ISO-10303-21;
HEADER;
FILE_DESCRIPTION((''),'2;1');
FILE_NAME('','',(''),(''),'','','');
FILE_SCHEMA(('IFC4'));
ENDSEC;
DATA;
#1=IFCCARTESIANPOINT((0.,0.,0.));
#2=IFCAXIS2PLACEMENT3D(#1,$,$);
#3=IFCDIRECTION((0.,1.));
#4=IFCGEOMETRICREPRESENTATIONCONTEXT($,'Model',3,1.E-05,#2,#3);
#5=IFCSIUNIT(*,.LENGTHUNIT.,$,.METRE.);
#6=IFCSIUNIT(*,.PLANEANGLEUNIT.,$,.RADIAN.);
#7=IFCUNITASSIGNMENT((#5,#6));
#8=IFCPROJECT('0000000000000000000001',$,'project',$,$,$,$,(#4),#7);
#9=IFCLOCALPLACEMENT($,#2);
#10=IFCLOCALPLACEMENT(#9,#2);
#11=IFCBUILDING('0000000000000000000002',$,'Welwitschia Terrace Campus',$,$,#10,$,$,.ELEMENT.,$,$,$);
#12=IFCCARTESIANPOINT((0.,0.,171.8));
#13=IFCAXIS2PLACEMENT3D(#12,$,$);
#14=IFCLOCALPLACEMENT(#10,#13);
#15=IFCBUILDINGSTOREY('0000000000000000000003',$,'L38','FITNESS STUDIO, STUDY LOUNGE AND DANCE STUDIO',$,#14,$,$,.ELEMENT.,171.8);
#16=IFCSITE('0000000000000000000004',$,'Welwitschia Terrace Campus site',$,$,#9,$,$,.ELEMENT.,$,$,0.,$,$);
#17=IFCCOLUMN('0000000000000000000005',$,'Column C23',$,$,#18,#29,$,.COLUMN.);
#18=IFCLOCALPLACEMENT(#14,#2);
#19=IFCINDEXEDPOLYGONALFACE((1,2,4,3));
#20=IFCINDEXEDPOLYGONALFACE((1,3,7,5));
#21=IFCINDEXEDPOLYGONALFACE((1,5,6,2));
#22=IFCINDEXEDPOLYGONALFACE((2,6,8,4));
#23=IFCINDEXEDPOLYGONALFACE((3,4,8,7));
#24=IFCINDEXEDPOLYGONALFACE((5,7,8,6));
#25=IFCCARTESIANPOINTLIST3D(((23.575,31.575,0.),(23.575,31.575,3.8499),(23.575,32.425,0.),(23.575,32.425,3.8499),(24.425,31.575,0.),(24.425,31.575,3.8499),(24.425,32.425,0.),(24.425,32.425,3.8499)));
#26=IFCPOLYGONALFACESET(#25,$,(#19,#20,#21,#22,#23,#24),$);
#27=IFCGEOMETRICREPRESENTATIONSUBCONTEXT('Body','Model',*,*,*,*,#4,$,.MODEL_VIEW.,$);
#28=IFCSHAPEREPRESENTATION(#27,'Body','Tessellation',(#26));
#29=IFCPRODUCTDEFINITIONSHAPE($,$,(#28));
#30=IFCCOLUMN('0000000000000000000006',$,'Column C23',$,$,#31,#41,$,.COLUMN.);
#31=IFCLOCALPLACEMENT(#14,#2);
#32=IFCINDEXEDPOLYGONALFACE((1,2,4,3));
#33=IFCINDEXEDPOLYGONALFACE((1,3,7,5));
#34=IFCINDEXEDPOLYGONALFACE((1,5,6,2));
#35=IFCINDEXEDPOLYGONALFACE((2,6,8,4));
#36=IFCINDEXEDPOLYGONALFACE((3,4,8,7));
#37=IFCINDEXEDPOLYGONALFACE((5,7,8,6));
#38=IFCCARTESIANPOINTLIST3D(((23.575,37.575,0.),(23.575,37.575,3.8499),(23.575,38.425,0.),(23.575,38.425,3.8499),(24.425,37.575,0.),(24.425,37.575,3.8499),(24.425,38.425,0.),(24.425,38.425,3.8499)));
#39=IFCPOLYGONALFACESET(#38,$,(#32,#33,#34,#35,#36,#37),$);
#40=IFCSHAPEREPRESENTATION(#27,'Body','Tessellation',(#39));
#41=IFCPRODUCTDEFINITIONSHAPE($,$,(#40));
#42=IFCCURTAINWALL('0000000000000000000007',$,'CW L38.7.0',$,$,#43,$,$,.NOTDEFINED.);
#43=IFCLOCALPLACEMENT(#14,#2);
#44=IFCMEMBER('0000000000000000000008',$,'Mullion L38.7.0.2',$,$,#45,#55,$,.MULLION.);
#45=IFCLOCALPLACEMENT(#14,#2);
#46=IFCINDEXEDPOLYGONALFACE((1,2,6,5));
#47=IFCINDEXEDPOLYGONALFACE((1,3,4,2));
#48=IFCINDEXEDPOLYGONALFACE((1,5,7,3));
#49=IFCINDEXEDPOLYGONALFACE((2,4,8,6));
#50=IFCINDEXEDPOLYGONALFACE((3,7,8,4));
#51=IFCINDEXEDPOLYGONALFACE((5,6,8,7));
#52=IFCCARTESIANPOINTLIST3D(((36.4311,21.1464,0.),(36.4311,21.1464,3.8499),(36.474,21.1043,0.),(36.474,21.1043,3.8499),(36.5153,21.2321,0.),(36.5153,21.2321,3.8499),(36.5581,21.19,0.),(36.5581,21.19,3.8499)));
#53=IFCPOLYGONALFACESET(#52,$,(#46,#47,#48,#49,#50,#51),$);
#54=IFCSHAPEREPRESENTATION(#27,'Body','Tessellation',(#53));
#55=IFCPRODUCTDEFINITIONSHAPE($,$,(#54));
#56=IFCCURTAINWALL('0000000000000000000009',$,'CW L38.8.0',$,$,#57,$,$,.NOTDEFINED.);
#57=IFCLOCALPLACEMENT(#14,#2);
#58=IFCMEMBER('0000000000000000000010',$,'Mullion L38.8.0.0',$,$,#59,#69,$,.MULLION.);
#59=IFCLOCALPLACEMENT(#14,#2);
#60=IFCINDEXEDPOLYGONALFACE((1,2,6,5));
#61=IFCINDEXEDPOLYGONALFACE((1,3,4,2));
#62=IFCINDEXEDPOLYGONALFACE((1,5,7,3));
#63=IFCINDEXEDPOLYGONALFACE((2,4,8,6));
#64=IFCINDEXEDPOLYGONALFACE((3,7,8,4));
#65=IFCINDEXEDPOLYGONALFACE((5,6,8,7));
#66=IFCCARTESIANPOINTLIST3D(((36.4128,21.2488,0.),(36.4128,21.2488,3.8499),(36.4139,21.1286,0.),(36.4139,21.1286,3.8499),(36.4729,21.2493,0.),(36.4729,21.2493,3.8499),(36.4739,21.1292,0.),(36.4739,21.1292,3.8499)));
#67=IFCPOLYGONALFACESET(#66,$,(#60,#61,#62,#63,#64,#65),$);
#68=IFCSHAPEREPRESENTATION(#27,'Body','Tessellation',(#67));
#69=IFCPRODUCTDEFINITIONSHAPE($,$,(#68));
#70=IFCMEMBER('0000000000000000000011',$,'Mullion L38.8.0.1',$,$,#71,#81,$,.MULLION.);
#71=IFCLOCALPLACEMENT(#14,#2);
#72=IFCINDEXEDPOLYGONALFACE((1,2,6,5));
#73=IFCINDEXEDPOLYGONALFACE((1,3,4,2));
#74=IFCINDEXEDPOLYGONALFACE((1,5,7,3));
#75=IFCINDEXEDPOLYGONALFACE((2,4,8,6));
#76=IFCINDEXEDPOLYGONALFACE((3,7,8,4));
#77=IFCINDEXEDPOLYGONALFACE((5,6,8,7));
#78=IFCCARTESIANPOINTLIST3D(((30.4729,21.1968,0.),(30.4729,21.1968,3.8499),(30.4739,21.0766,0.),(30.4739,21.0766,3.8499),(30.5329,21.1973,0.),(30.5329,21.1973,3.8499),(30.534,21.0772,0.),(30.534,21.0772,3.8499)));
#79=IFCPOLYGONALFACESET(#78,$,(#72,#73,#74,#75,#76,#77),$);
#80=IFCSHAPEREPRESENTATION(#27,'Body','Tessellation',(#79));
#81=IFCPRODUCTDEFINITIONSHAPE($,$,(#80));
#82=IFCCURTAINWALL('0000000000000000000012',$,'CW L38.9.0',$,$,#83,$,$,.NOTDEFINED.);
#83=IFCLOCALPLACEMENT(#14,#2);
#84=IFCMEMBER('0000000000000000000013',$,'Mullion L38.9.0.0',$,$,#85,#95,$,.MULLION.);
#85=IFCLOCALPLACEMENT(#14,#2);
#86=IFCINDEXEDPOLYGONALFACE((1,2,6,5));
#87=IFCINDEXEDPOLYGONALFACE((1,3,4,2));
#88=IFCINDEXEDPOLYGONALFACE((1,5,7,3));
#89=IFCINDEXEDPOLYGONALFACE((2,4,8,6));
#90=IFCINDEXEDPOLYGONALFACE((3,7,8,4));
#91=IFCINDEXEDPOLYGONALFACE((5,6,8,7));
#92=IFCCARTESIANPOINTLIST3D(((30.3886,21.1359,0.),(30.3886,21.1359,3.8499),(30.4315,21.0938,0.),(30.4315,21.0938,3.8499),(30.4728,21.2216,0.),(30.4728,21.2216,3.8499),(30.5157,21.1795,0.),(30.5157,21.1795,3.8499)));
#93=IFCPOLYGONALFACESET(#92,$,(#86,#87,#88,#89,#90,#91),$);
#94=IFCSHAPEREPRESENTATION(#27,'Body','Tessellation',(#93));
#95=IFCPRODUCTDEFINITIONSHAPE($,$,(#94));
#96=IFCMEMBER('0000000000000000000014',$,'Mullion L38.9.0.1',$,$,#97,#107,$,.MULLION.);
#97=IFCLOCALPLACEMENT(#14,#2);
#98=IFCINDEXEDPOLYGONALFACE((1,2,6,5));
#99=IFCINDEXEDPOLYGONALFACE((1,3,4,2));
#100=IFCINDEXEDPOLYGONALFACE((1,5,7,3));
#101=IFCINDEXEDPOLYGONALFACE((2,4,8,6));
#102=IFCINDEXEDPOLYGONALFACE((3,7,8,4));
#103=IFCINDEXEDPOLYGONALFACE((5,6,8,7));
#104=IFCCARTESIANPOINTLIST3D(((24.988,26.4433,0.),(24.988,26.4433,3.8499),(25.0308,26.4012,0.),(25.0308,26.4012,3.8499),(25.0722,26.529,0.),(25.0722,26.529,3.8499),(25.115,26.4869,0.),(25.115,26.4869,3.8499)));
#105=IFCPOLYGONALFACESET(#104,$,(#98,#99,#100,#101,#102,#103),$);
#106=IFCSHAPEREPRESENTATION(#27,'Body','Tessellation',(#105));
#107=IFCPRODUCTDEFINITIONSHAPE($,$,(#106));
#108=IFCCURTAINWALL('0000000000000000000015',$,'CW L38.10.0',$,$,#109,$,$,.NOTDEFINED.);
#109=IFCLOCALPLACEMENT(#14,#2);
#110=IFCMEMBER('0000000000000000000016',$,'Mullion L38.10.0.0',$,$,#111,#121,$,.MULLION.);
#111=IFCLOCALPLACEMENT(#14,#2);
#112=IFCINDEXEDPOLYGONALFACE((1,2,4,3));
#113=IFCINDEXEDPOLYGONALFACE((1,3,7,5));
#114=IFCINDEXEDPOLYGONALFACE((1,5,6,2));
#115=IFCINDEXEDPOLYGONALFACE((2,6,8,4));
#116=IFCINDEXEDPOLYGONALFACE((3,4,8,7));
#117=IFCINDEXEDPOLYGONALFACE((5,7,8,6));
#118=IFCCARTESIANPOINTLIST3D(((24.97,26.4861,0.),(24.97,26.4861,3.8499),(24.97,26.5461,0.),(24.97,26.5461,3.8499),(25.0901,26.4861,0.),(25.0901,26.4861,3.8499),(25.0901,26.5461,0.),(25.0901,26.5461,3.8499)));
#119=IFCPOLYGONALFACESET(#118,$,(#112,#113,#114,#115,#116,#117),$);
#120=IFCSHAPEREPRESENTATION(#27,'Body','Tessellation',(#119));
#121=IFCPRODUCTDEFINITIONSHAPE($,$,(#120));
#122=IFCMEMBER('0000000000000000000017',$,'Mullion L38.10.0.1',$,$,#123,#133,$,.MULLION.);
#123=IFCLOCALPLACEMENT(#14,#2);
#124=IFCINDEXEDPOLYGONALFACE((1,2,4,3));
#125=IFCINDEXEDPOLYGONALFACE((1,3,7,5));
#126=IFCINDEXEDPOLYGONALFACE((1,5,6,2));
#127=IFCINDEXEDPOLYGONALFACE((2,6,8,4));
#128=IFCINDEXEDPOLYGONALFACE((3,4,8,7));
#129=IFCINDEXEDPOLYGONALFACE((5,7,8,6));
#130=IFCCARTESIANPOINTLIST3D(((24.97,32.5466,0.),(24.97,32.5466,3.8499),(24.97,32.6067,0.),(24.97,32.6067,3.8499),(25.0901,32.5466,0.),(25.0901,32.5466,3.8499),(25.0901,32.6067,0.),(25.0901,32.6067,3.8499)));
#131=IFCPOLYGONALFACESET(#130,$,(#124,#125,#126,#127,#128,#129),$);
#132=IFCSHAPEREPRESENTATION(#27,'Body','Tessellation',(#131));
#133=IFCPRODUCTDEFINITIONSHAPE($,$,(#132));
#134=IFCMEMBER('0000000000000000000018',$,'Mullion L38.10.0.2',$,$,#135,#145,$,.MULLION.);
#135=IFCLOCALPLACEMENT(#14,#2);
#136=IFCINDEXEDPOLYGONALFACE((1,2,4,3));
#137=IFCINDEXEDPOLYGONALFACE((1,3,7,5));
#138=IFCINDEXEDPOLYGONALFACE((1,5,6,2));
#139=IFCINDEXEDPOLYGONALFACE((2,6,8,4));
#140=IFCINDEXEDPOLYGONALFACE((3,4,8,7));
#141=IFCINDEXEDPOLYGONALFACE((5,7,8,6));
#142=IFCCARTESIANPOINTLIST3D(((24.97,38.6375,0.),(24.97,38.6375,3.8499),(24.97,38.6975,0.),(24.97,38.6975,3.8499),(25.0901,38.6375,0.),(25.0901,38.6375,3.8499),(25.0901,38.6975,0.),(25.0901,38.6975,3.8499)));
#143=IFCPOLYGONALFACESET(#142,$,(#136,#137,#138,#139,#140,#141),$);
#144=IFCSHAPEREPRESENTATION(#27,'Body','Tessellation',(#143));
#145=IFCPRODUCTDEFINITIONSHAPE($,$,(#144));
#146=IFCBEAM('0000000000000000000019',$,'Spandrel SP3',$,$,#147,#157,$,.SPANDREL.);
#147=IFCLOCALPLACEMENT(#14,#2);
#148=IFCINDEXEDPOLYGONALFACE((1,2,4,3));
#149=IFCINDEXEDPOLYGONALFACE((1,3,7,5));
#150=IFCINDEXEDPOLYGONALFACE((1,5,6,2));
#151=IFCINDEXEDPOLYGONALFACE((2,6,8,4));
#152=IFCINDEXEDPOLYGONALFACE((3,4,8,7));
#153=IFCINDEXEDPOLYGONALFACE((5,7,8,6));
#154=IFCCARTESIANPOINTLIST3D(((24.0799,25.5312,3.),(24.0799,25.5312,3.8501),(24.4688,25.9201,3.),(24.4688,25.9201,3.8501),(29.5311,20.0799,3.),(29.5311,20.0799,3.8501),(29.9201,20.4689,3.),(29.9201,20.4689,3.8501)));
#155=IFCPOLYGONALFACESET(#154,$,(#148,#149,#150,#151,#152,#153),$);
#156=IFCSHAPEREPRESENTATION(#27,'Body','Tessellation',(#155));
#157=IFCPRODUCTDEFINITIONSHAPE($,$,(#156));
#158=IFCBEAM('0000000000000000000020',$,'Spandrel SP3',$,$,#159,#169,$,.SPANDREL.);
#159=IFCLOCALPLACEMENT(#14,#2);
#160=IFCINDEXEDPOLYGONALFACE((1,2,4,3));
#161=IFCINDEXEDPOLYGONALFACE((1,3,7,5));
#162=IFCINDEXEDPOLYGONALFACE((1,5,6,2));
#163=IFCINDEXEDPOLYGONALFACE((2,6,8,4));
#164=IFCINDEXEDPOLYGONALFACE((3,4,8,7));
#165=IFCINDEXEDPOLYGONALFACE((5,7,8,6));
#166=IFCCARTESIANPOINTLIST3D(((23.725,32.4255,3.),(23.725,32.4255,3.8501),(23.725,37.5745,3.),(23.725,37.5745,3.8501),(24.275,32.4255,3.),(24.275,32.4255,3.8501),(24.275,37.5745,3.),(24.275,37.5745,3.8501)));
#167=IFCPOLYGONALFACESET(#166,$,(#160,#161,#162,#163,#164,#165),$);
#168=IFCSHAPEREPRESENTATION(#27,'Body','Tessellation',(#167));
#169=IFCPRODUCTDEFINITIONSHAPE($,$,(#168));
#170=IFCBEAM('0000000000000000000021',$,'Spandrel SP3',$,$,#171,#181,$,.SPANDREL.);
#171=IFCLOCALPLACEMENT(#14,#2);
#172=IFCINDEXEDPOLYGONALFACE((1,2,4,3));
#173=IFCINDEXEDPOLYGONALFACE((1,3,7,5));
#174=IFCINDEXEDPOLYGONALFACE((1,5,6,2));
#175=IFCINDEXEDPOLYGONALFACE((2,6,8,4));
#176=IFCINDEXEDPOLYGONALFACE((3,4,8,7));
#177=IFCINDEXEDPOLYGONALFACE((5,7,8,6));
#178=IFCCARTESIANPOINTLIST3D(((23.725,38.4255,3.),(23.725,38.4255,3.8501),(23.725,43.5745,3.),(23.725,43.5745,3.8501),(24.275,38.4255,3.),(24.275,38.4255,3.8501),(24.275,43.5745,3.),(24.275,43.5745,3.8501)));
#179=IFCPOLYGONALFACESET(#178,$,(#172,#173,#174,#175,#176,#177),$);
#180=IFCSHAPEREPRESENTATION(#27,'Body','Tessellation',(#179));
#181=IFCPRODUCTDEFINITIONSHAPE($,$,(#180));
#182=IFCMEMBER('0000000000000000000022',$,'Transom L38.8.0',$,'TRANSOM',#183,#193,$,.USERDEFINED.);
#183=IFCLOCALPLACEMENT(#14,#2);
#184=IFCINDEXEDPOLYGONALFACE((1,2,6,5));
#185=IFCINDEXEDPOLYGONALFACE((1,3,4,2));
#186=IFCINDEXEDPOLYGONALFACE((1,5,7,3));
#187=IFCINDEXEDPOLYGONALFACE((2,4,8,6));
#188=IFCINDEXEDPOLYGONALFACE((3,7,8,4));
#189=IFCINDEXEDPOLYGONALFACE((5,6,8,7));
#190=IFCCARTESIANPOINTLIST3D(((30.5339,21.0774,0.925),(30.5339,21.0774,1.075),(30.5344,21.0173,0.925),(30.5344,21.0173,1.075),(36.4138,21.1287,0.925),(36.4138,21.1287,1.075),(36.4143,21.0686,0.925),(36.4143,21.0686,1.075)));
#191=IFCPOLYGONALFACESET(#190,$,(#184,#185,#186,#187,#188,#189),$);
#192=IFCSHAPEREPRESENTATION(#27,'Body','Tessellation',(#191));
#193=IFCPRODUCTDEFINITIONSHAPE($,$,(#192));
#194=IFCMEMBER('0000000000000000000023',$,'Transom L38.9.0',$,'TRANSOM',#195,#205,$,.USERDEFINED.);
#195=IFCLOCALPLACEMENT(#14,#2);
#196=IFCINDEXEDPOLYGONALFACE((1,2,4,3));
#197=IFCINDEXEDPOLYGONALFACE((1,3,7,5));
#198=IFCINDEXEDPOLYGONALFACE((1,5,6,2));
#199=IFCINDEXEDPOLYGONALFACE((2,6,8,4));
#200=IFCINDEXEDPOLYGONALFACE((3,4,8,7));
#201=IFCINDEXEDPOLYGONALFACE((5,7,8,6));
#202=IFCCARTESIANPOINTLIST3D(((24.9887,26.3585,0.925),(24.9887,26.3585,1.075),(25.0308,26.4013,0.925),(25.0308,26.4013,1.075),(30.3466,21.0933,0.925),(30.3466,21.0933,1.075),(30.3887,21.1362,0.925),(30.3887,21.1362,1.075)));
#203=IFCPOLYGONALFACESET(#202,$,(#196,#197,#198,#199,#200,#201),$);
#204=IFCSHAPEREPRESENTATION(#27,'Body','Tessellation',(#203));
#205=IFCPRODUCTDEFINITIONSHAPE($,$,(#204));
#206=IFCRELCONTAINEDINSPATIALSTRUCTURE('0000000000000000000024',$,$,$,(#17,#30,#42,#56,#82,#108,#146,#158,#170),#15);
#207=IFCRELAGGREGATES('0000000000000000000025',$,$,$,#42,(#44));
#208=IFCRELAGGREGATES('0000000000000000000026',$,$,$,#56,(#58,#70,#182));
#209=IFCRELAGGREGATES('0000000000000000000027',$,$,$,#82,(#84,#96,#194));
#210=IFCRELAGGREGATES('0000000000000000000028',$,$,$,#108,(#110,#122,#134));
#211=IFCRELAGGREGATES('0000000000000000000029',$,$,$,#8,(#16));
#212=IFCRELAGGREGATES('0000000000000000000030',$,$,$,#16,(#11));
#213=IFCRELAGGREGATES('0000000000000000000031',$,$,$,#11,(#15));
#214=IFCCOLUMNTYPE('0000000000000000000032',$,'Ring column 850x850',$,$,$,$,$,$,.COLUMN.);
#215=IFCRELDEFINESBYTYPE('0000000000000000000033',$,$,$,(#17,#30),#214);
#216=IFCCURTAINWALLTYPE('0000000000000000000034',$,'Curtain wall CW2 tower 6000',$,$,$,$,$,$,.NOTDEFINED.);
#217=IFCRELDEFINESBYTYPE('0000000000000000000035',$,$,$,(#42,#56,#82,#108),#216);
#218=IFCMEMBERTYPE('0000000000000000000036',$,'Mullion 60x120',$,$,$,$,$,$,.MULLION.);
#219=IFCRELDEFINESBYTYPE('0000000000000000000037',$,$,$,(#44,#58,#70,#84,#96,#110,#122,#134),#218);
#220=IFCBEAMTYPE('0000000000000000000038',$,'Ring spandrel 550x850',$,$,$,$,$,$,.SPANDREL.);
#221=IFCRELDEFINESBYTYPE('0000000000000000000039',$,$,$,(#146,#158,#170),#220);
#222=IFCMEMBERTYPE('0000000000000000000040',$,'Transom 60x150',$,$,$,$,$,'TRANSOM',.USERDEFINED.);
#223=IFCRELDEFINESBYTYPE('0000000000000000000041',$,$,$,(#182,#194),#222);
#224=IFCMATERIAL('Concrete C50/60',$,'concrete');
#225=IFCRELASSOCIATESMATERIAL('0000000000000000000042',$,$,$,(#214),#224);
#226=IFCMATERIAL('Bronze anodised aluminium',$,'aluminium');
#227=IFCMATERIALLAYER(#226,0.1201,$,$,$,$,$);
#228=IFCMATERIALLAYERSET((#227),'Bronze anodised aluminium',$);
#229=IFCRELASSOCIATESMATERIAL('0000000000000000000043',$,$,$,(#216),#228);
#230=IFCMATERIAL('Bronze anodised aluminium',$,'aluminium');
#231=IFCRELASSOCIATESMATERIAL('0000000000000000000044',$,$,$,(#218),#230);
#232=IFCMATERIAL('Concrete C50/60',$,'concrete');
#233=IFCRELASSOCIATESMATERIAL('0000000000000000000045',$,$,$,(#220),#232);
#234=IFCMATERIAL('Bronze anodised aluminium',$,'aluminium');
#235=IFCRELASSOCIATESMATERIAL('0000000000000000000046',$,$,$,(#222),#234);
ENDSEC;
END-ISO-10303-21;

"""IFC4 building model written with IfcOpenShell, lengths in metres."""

from ifc_helpers import new_model, si_unit, direction, frame, origin, origin_2d, place, context, subcontext, project, spatial, rectangle, extrude, material, layer, layer_set, material_profile, profile_set, type_object, element, aggregate, save


model = new_model("IFC4")

# Units and contexts
model_context = context("Model", 3, precision=1e-05, world=origin(), true_north=direction((0.0, 1.0)))
body_context = subcontext(model_context, "Body", "Model", "MODEL_VIEW")
ifc_project = project(units=[si_unit("LENGTHUNIT", "METRE"), si_unit("PLANEANGLEUNIT", "RADIAN")], contexts=[model_context])

# Site, building, storey
site_placement = place(None, origin())
site = spatial("IfcSite", under=ifc_project, at=site_placement, Name="Welwitschia Terrace Campus site", CompositionType="ELEMENT", RefElevation=0.0)
building_placement = place(site_placement, origin())
building = spatial("IfcBuilding", under=site, at=building_placement, Name="Welwitschia Terrace Campus", CompositionType="ELEMENT")
storey_placement = place(building_placement, frame((0.0, 0.0, 171.8)))
storey = spatial("IfcBuildingStorey", under=building, at=storey_placement, Name="L38", Description="FITNESS STUDIO, STUDY LOUNGE AND DANCE STUDIO", CompositionType="ELEMENT", Elevation=171.8)

# Columns
ifc_material_1 = material(Name="Concrete C50/60", Category="concrete")
ifc_material_profile_1 = material_profile(ifc_material_1, rectangle(XDim=0.8501, YDim=0.8501, at=origin_2d()))
ifc_profile_set_1 = profile_set([ifc_material_profile_1], Name="Concrete C50/60")
column_type = type_object("IfcColumnType", Name="Ring column 850x850", PredefinedType="COLUMN", material=ifc_profile_set_1)
for number, where, z_axis, x_axis, name in (
    (1, (24.0, 32.0, 0.0), (0.0, 0.0, 1.0), (1.0, 0.0, 0.0), "Column C23"),
    (2, (24.0, 38.0, 0.0), (0.0, 0.0, 1.0), (1.0, 0.0, 0.0), "Column C23"),
):
    element("IfcColumn", number, at=place(storey_placement, frame(where, z_axis=z_axis, x_axis=x_axis)), inside=storey, type_object=column_type, Name=name, PredefinedType="COLUMN", context=body_context, shape_type="SweptSolid", body=[
        extrude(rectangle(XDim=0.8501, YDim=0.8501, at=origin_2d()), origin(), (0.0, 0.0, 1.0), 3.8499),
    ])

# Curtain wall, member
ifc_material_2 = material(Name="Bronze anodised aluminium", Category="aluminium")
ifc_layer_1 = layer(ifc_material_2, 0.1201)
ifc_layer_set_1 = layer_set([ifc_layer_1], Name="Bronze anodised aluminium")
curtain_wall_type = type_object("IfcCurtainWallType", Name="Curtain wall CW2 tower 6000", PredefinedType="NOTDEFINED", material=ifc_layer_set_1)
curtain_wall_1_placement = place(storey_placement, origin())
curtain_wall_1 = element("IfcCurtainWall", 3, at=curtain_wall_1_placement, inside=storey, type_object=curtain_wall_type, Name="CW L38.7.0", PredefinedType="NOTDEFINED")
ifc_material_3 = material(Name="Bronze anodised aluminium", Category="aluminium")
ifc_material_profile_2 = material_profile(ifc_material_3, rectangle(XDim=0.1201, YDim=0.0601, at=origin_2d()))
ifc_profile_set_2 = profile_set([ifc_material_profile_2], Name="Bronze anodised aluminium")
member_type_1 = type_object("IfcMemberType", Name="Mullion 60x120", PredefinedType="MULLION", material=ifc_profile_set_2)
member_1_placement = place(storey_placement, frame((36.4946, 21.1682, 0.0), z_axis=(0.0, 0.0, 1.0), x_axis=(-0.700909, -0.71325, 0.0)))
member_1 = element("IfcMember", 4, at=member_1_placement, type_object=member_type_1, Name="Mullion L38.7.0.2", PredefinedType="MULLION", context=body_context, shape_type="SweptSolid", body=[
    extrude(rectangle(XDim=0.1201, YDim=0.0601, at=origin_2d()), origin(), (0.0, 0.0, 1.0), 3.8499),
])
aggregate(curtain_wall_1, [member_1])

# Curtain walls, members
curtain_wall_2_placement = place(storey_placement, origin())
curtain_wall_2 = element("IfcCurtainWall", 5, at=curtain_wall_2_placement, inside=storey, type_object=curtain_wall_type, Name="CW L38.8.0", PredefinedType="NOTDEFINED")
member_2_placement = place(storey_placement, frame((36.4434, 21.189, 0.0), z_axis=(0.0, 0.0, 1.0), x_axis=(0.008727, -0.999962, 0.0)))
member_2 = element("IfcMember", 6, at=member_2_placement, type_object=member_type_1, Name="Mullion L38.8.0.0", PredefinedType="MULLION", context=body_context, shape_type="SweptSolid", body=[
    extrude(rectangle(XDim=0.1201, YDim=0.0601, at=origin_2d()), origin(), (0.0, 0.0, 1.0), 3.8499),
])
member_3_placement = place(storey_placement, frame((30.5034, 21.137, 0.0), z_axis=(0.0, 0.0, 1.0), x_axis=(0.008727, -0.999962, 0.0)))
member_3 = element("IfcMember", 7, at=member_3_placement, type_object=member_type_1, Name="Mullion L38.8.0.1", PredefinedType="MULLION", context=body_context, shape_type="SweptSolid", body=[
    extrude(rectangle(XDim=0.1201, YDim=0.0601, at=origin_2d()), origin(), (0.0, 0.0, 1.0), 3.8499),
])
curtain_wall_3_placement = place(storey_placement, origin())
curtain_wall_3 = element("IfcCurtainWall", 8, at=curtain_wall_3_placement, inside=storey, type_object=curtain_wall_type, Name="CW L38.9.0", PredefinedType="NOTDEFINED")
member_4_placement = place(storey_placement, frame((30.4521, 21.1577, 0.0), z_axis=(0.0, 0.0, 1.0), x_axis=(-0.700909, -0.71325, 0.0)))
member_4 = element("IfcMember", 9, at=member_4_placement, type_object=member_type_1, Name="Mullion L38.9.0.0", PredefinedType="MULLION", context=body_context, shape_type="SweptSolid", body=[
    extrude(rectangle(XDim=0.1201, YDim=0.0601, at=origin_2d()), origin(), (0.0, 0.0, 1.0), 3.8499),
])
member_5_placement = place(storey_placement, frame((25.0515, 26.4651, 0.0), z_axis=(0.0, 0.0, 1.0), x_axis=(-0.700909, -0.71325, 0.0)))
member_5 = element("IfcMember", 10, at=member_5_placement, type_object=member_type_1, Name="Mullion L38.9.0.1", PredefinedType="MULLION", context=body_context, shape_type="SweptSolid", body=[
    extrude(rectangle(XDim=0.1201, YDim=0.0601, at=origin_2d()), origin(), (0.0, 0.0, 1.0), 3.8499),
])
curtain_wall_4_placement = place(storey_placement, origin())
curtain_wall_4 = element("IfcCurtainWall", 11, at=curtain_wall_4_placement, inside=storey, type_object=curtain_wall_type, Name="CW L38.10.0", PredefinedType="NOTDEFINED")
member_6_placement = place(storey_placement, frame((25.03, 26.5161, 0.0), z_axis=(0.0, 0.0, 1.0), x_axis=(-1.0, 0.0, 0.0)))
member_6 = element("IfcMember", 12, at=member_6_placement, type_object=member_type_1, Name="Mullion L38.10.0.0", PredefinedType="MULLION", context=body_context, shape_type="SweptSolid", body=[
    extrude(rectangle(XDim=0.1201, YDim=0.0601, at=origin_2d()), origin(), (0.0, 0.0, 1.0), 3.8499),
])
member_7_placement = place(storey_placement, frame((25.03, 32.5767, 0.0), z_axis=(0.0, 0.0, 1.0), x_axis=(-1.0, 0.0, 0.0)))
member_7 = element("IfcMember", 13, at=member_7_placement, type_object=member_type_1, Name="Mullion L38.10.0.1", PredefinedType="MULLION", context=body_context, shape_type="SweptSolid", body=[
    extrude(rectangle(XDim=0.1201, YDim=0.0601, at=origin_2d()), origin(), (0.0, 0.0, 1.0), 3.8499),
])
member_8_placement = place(storey_placement, frame((25.03, 38.6675, 0.0), z_axis=(0.0, 0.0, 1.0), x_axis=(-1.0, 0.0, 0.0)))
member_8 = element("IfcMember", 14, at=member_8_placement, type_object=member_type_1, Name="Mullion L38.10.0.2", PredefinedType="MULLION", context=body_context, shape_type="SweptSolid", body=[
    extrude(rectangle(XDim=0.1201, YDim=0.0601, at=origin_2d()), origin(), (0.0, 0.0, 1.0), 3.8499),
])

# Beams
ifc_material_4 = material(Name="Concrete C50/60", Category="concrete")
ifc_material_profile_3 = material_profile(ifc_material_4, rectangle(XDim=0.55, YDim=0.8501, at=origin_2d()))
ifc_profile_set_3 = profile_set([ifc_material_profile_3], Name="Concrete C50/60")
beam_type = type_object("IfcBeamType", Name="Ring spandrel 550x850", PredefinedType="SPANDREL", material=ifc_profile_set_3)
beam_placement = place(storey_placement, frame((29.7256, 20.2744, 3.425), z_axis=(-0.707107, 0.707107, 0.0), x_axis=(-0.707107, -0.707107, 0.0)))
element("IfcBeam", 15, at=beam_placement, inside=storey, type_object=beam_type, Name="Spandrel SP3", PredefinedType="SPANDREL", context=body_context, shape_type="SweptSolid", body=[
    extrude(rectangle(XDim=0.55, YDim=0.8501, at=origin_2d()), origin(), (0.0, 0.0, 1.0), 7.7092),
])
for number, where, z_axis, x_axis, name in (
    (16, (24.0, 32.4255, 3.425), (0.0, 1.0, 0.0), (-1.0, 0.0, 0.0), "Spandrel SP3"),
    (17, (24.0, 38.4255, 3.425), (0.0, 1.0, 0.0), (-1.0, 0.0, 0.0), "Spandrel SP3"),
):
    element("IfcBeam", number, at=place(storey_placement, frame(where, z_axis=z_axis, x_axis=x_axis)), inside=storey, type_object=beam_type, Name=name, PredefinedType="SPANDREL", context=body_context, shape_type="SweptSolid", body=[
        extrude(rectangle(XDim=0.55, YDim=0.8501, at=origin_2d()), origin(), (0.0, 0.0, 1.0), 5.1489),
    ])

# Members
ifc_material_5 = material(Name="Bronze anodised aluminium", Category="aluminium")
ifc_material_profile_4 = material_profile(ifc_material_5, rectangle(XDim=0.0601, YDim=0.1499, at=origin_2d()))
ifc_profile_set_4 = profile_set([ifc_material_profile_4], Name="Bronze anodised aluminium")
member_type_2 = type_object("IfcMemberType", Name="Transom 60x150", ElementType="TRANSOM", PredefinedType="USERDEFINED", material=ifc_profile_set_4)
member_9_placement = place(storey_placement, frame((36.4141, 21.0986, 1.0), z_axis=(-0.999962, -0.008719, 0.0), x_axis=(0.008719, -0.999962, 0.0)))
member_9 = element("IfcMember", 18, at=member_9_placement, type_object=member_type_2, Name="Transom L38.8.0", ObjectType="TRANSOM", PredefinedType="USERDEFINED", context=body_context, shape_type="SweptSolid", body=[
    extrude(rectangle(XDim=0.0601, YDim=0.1499, at=origin_2d()), origin(), (0.0, 0.0, 1.0), 5.8801),
])
member_10_placement = place(storey_placement, frame((30.3677, 21.1147, 1.0), z_axis=(-0.713255, 0.700905, 0.0), x_axis=(-0.700905, -0.713255, 0.0)))
member_10 = element("IfcMember", 19, at=member_10_placement, type_object=member_type_2, Name="Transom L38.9.0", ObjectType="TRANSOM", PredefinedType="USERDEFINED", context=body_context, shape_type="SweptSolid", body=[
    extrude(rectangle(XDim=0.0601, YDim=0.1499, at=origin_2d()), origin(), (0.0, 0.0, 1.0), 7.512),
])

aggregate(curtain_wall_2, [member_2, member_3, member_9])
aggregate(curtain_wall_3, [member_4, member_5, member_10])
aggregate(curtain_wall_4, [member_6, member_7, member_8])

save(model, "model.ifc")
